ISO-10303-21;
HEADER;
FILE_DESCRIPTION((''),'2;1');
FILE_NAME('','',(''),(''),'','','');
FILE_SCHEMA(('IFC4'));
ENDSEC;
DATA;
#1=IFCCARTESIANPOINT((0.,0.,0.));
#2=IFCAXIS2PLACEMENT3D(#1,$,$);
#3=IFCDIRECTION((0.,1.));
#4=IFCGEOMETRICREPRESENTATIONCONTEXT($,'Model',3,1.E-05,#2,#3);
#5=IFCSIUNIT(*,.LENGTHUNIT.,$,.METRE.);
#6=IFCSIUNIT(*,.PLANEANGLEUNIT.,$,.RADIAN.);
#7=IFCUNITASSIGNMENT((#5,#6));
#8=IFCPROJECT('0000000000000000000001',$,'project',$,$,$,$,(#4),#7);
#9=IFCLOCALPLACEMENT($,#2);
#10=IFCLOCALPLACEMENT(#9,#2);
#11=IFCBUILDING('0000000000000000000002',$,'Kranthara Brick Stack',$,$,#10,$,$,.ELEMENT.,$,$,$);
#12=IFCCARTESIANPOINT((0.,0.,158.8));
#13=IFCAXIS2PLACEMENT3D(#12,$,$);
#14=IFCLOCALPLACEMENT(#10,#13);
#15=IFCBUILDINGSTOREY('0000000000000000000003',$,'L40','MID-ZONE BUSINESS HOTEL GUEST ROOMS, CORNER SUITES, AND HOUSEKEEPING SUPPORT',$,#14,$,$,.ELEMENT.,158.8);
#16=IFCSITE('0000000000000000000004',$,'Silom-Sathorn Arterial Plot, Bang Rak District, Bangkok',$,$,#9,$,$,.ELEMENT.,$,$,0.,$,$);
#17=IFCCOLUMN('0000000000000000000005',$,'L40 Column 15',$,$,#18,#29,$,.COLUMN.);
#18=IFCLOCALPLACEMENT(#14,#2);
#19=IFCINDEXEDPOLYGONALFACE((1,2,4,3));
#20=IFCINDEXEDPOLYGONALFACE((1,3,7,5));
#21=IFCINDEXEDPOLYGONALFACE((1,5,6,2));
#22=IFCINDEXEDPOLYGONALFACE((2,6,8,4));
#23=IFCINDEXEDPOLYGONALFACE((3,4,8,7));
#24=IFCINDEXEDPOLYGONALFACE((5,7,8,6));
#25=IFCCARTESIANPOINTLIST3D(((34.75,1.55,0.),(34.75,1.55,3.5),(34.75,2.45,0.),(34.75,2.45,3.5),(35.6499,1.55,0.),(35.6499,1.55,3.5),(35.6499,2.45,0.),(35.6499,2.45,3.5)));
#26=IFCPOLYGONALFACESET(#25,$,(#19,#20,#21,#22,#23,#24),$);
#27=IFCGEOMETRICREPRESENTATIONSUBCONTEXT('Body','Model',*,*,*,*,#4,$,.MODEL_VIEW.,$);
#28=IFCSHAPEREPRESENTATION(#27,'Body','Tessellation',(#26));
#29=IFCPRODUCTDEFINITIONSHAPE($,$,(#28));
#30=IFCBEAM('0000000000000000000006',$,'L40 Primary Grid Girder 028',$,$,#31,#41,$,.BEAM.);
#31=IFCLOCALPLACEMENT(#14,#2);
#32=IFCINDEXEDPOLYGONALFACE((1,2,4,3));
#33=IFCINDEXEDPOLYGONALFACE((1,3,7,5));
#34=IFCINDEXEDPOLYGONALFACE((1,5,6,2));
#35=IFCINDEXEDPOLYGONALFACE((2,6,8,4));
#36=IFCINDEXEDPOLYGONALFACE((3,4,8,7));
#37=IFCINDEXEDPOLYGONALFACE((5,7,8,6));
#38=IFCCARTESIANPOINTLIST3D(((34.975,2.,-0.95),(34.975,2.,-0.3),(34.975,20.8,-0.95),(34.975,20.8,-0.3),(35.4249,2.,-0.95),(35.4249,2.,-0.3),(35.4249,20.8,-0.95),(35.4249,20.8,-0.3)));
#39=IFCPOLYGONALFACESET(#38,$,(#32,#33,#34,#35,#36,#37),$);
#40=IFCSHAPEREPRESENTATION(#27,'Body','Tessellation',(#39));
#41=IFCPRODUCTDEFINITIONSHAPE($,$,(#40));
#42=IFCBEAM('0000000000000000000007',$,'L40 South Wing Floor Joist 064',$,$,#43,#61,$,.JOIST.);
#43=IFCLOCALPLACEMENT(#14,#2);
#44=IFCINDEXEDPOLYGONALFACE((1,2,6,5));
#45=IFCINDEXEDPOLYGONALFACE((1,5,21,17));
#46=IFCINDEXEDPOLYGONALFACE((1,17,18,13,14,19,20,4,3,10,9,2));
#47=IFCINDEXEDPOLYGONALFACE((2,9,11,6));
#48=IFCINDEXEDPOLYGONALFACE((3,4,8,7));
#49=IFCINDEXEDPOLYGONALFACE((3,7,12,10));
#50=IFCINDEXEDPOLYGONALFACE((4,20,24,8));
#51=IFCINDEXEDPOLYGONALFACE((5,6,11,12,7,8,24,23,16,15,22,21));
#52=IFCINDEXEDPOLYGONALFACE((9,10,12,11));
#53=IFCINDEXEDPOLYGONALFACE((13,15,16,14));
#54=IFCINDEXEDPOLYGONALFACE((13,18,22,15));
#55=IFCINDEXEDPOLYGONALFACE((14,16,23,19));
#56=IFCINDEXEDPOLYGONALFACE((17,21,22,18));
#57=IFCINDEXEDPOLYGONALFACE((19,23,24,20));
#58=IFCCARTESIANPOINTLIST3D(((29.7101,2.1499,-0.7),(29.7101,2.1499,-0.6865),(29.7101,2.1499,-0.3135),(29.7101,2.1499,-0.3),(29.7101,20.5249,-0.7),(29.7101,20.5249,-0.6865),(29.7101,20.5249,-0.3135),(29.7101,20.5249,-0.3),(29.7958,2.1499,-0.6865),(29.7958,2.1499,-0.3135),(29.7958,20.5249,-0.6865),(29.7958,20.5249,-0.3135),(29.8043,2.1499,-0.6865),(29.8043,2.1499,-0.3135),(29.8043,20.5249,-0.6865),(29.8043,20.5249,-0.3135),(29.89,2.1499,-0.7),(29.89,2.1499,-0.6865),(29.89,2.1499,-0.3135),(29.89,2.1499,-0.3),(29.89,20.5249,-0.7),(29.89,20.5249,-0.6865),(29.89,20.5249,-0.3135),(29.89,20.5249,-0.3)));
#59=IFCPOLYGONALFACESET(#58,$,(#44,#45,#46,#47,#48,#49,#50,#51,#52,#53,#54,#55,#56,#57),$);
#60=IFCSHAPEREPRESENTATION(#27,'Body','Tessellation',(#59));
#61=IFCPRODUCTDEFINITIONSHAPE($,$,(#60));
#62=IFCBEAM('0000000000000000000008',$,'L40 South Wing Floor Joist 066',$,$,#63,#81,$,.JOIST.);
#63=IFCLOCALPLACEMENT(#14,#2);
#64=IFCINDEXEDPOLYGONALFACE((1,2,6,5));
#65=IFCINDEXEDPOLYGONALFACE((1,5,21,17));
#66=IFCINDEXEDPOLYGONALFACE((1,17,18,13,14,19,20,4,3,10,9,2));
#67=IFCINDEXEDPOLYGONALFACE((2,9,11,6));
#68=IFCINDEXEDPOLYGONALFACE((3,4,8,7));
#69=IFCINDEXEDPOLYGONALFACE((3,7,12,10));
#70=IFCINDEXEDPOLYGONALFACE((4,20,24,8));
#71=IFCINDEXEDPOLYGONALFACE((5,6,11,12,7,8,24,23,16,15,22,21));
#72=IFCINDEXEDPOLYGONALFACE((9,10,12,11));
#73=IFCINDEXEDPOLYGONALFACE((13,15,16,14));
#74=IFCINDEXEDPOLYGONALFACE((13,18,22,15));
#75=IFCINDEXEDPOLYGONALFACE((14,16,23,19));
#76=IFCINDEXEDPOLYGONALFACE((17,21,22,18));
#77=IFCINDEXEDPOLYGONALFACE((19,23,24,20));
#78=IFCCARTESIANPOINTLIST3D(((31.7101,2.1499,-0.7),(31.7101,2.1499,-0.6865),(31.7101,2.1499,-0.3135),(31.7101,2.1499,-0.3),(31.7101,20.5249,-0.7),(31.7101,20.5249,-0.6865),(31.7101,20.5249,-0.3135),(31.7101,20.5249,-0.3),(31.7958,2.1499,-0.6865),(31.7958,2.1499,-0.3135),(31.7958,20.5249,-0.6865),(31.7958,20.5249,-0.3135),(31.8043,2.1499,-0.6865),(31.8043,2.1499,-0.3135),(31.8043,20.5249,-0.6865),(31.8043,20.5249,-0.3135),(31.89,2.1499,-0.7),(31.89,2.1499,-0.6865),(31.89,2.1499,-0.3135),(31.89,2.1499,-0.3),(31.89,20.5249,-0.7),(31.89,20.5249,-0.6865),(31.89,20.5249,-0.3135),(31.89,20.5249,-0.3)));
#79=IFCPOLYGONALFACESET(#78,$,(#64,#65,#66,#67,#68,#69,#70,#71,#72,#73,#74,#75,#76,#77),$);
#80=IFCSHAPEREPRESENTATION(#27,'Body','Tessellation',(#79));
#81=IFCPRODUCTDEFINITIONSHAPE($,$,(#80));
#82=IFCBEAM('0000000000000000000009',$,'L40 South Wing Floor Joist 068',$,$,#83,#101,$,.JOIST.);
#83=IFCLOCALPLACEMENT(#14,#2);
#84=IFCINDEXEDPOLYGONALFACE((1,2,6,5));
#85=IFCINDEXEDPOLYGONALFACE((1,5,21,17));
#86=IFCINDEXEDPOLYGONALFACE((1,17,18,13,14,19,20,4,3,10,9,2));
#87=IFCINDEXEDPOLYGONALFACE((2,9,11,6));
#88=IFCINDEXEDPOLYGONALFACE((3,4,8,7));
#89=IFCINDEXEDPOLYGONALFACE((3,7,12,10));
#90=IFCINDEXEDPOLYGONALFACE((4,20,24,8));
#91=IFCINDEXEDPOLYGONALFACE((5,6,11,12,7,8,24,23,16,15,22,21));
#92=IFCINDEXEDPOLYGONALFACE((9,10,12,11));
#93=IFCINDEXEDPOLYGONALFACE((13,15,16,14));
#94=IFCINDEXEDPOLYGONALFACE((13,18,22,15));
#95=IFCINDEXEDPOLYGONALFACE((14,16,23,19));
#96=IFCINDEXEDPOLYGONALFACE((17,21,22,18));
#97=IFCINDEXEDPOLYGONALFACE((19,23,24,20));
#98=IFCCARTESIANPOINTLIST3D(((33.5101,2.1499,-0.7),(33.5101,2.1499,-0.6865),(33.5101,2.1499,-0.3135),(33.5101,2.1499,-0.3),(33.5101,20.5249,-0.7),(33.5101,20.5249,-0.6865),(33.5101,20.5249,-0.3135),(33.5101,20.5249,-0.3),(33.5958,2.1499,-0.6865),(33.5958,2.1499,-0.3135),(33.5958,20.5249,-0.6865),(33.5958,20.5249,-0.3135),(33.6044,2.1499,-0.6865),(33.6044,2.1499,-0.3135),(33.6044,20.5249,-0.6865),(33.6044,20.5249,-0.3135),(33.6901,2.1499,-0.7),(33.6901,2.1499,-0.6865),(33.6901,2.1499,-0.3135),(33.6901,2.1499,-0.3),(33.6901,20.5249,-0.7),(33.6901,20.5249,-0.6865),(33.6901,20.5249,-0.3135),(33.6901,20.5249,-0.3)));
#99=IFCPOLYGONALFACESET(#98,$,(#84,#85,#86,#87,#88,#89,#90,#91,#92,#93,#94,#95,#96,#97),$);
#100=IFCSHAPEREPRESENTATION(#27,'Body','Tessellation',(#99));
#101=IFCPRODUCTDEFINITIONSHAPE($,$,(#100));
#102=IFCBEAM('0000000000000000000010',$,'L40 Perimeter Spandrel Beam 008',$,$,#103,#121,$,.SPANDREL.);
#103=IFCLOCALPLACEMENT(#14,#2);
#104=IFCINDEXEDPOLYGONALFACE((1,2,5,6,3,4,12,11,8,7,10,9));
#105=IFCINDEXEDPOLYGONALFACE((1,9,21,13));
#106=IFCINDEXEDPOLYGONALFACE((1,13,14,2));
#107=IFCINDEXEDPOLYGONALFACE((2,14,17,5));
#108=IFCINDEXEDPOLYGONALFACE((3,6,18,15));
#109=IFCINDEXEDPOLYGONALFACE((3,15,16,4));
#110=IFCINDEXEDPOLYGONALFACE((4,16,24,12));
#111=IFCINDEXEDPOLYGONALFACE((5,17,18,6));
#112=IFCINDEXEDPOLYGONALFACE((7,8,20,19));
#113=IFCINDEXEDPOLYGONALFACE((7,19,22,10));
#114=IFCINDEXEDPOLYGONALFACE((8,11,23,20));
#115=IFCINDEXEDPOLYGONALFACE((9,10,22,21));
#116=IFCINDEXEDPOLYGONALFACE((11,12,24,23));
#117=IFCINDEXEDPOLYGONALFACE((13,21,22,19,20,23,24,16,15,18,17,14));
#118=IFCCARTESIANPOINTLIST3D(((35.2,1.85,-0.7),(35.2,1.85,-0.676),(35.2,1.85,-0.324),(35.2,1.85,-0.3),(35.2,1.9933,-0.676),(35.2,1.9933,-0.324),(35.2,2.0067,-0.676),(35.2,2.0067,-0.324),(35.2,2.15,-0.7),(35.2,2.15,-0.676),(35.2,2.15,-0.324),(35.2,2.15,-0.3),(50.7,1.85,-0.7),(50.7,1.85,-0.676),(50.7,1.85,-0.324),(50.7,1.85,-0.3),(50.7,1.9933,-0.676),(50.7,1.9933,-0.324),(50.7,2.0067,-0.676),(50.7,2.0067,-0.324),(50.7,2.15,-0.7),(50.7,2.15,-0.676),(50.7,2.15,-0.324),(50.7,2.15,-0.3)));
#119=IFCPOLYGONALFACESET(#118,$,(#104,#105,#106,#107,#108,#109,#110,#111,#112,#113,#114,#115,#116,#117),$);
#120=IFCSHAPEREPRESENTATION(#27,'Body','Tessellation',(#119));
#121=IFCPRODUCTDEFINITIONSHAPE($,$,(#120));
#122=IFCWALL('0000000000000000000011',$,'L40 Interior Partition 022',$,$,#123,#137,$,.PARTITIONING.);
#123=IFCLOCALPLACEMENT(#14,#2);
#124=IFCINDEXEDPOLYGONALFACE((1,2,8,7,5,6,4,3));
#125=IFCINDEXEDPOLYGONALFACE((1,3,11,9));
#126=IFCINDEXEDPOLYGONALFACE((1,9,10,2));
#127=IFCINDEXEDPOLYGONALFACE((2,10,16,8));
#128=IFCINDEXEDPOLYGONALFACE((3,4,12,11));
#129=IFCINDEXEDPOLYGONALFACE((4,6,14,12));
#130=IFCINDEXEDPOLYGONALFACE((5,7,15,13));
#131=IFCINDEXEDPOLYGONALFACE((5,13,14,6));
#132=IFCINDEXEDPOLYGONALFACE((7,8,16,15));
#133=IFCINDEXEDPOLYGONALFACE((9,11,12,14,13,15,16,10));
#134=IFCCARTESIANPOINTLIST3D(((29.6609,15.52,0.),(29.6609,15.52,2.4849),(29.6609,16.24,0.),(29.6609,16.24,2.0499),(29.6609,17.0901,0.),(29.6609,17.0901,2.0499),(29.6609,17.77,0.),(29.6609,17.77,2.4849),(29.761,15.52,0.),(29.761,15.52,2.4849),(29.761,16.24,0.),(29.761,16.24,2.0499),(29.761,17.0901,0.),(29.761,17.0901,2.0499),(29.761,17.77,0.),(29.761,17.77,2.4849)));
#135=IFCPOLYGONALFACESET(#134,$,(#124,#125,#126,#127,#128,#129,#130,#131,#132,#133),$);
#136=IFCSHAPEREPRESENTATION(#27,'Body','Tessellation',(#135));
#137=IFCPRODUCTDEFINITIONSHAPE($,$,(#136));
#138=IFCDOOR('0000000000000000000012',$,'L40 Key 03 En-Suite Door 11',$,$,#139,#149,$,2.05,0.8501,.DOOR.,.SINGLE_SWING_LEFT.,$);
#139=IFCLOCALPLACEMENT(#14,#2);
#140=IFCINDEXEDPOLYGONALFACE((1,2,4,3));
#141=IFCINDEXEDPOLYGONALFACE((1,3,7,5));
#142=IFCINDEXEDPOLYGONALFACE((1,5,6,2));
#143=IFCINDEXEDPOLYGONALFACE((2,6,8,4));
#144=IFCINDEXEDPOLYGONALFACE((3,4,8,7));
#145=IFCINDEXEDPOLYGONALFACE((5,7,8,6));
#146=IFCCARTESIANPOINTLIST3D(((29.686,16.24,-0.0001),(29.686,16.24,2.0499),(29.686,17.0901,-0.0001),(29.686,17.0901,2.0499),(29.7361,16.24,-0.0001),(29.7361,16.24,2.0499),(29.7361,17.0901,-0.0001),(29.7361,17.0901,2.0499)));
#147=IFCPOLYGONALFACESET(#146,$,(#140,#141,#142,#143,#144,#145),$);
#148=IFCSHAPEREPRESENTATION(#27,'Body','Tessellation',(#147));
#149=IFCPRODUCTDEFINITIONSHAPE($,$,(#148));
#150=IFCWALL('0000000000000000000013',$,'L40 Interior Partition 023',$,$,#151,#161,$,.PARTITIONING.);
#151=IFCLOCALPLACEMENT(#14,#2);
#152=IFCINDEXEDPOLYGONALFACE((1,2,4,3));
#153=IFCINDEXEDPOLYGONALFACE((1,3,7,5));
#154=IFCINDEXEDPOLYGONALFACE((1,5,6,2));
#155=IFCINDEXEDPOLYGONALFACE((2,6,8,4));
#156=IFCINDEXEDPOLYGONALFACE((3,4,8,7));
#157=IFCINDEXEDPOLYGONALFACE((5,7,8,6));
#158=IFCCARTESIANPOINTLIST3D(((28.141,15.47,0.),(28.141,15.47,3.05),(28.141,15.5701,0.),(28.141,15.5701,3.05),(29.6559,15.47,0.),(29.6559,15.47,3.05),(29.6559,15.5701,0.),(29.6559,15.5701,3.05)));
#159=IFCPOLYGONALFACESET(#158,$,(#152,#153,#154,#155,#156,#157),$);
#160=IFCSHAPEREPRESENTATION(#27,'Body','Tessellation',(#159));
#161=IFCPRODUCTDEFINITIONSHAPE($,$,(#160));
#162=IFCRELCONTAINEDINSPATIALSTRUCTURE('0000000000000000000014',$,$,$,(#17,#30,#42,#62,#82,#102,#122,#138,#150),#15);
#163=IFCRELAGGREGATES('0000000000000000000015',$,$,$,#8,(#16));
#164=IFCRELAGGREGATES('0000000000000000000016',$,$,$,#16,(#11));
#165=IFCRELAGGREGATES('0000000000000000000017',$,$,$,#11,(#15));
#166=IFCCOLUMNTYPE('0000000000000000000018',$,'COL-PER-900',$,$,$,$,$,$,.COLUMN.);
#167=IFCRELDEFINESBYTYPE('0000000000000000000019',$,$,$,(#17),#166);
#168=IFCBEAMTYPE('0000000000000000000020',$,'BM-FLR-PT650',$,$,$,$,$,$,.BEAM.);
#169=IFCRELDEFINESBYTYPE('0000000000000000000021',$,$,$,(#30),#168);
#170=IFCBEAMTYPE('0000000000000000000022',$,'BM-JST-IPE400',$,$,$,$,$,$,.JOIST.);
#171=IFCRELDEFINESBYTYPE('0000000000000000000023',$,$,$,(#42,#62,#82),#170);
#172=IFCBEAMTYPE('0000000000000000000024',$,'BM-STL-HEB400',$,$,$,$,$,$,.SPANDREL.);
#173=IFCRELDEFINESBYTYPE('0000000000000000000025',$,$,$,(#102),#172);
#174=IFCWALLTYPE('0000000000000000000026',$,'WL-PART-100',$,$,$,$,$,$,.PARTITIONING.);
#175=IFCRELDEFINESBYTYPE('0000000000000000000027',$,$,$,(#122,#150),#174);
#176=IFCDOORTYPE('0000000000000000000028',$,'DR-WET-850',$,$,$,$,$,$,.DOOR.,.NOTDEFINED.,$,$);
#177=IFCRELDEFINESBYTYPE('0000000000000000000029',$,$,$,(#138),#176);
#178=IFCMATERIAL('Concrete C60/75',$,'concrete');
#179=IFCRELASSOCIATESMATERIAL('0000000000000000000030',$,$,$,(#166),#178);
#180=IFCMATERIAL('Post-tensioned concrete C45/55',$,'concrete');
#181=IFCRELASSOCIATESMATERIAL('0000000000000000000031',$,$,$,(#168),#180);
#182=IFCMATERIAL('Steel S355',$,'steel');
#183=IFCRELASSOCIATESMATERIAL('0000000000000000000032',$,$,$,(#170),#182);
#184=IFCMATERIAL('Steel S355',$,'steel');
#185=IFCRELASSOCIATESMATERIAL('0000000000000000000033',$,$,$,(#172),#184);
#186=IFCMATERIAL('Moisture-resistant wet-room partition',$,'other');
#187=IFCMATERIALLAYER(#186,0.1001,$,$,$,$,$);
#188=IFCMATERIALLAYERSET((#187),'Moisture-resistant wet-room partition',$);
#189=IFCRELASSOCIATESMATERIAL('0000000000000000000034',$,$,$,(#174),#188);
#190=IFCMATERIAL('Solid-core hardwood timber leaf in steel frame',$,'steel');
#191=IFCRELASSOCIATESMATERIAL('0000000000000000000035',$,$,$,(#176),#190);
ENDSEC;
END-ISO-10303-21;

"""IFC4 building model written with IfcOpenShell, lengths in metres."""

from ifc_helpers import new_model, si_unit, direction, frame, frame_2d, origin, origin_2d, place, context, subcontext, project, spatial, rectangle, i_section, extrude, material, layer, layer_set, material_profile, profile_set, type_object, element, fill, save


model = new_model("IFC4")

# Units and contexts
model_context = context("Model", 3, precision=1e-05, world=origin(), true_north=direction((0.0, 1.0)))
body_context = subcontext(model_context, "Body", "Model", "MODEL_VIEW")
ifc_project = project(units=[si_unit("LENGTHUNIT", "METRE"), si_unit("PLANEANGLEUNIT", "RADIAN")], contexts=[model_context])

# Site, building, storey
site_placement = place(None, origin())
site = spatial("IfcSite", under=ifc_project, at=site_placement, Name="Silom-Sathorn Arterial Plot, Bang Rak District, Bangkok", CompositionType="ELEMENT", RefElevation=0.0)
building_placement = place(site_placement, origin())
building = spatial("IfcBuilding", under=site, at=building_placement, Name="Kranthara Brick Stack", CompositionType="ELEMENT")
storey_placement = place(building_placement, frame((0.0, 0.0, 158.8)))
storey = spatial("IfcBuildingStorey", under=building, at=storey_placement, Name="L40", Description="MID-ZONE BUSINESS HOTEL GUEST ROOMS, CORNER SUITES, AND HOUSEKEEPING SUPPORT", CompositionType="ELEMENT", Elevation=158.8)

# Column
ifc_material_1 = material(Name="Concrete C60/75", Category="concrete")
ifc_material_profile_1 = material_profile(ifc_material_1, rectangle(XDim=0.8999, YDim=0.8999, at=origin_2d()), Name="RC 900x900")
ifc_profile_set_1 = profile_set([ifc_material_profile_1], Name="Concrete C60/75")
column_type = type_object("IfcColumnType", Name="COL-PER-900", PredefinedType="COLUMN", material=ifc_profile_set_1)
column_placement = place(storey_placement, frame((35.2, 2.0, 0.0), z_axis=(0.0, 0.0, 1.0), x_axis=(1.0, 0.0, 0.0)))
element("IfcColumn", 1, at=column_placement, inside=storey, type_object=column_type, Name="L40 Column 15", PredefinedType="COLUMN", context=body_context, shape_type="SweptSolid", body=[
    extrude(rectangle(XDim=0.8999, YDim=0.8999, at=origin_2d()), origin(), (0.0, 0.0, 1.0), 3.5),
])

# Beams
ifc_material_2 = material(Name="Post-tensioned concrete C45/55", Category="concrete")
ifc_material_profile_2 = material_profile(ifc_material_2, rectangle(XDim=0.45, YDim=0.6499, at=origin_2d()), Name="PT 450x650")
ifc_profile_set_2 = profile_set([ifc_material_profile_2], Name="Post-tensioned concrete C45/55")
beam_type_1 = type_object("IfcBeamType", Name="BM-FLR-PT650", PredefinedType="BEAM", material=ifc_profile_set_2)
beam_1_placement = place(storey_placement, frame((35.2, 2.0, -0.625), z_axis=(0.0, 1.0, 0.0), x_axis=(-1.0, 0.0, 0.0)))
element("IfcBeam", 2, at=beam_1_placement, inside=storey, type_object=beam_type_1, Name="L40 Primary Grid Girder 028", PredefinedType="BEAM", context=body_context, shape_type="SweptSolid", body=[
    extrude(rectangle(XDim=0.45, YDim=0.6499, at=origin_2d()), origin(), (0.0, 0.0, 1.0), 18.8),
])
ifc_material_3 = material(Name="Steel S355", Category="steel")
ifc_material_profile_3 = material_profile(ifc_material_3, i_section(OverallWidth=0.1799, OverallDepth=0.3999, WebThickness=0.0085, FlangeThickness=0.0134, at=origin_2d()), Name="IPE 400")
ifc_profile_set_3 = profile_set([ifc_material_profile_3], Name="Steel S355")
beam_type_2 = type_object("IfcBeamType", Name="BM-JST-IPE400", PredefinedType="JOIST", material=ifc_profile_set_3)
for number, where, z_axis, x_axis, name in (
    (3, (29.8, 2.1499, -0.5), (0.0, 1.0, 0.0), (-1.0, 0.0, 0.0), "L40 South Wing Floor Joist 064"),
    (4, (31.8, 2.1499, -0.5), (0.0, 1.0, 0.0), (-1.0, 0.0, 0.0), "L40 South Wing Floor Joist 066"),
    (5, (33.6001, 2.1499, -0.5), (0.0, 1.0, 0.0), (-1.0, 0.0, 0.0), "L40 South Wing Floor Joist 068"),
):
    element("IfcBeam", number, at=place(storey_placement, frame(where, z_axis=z_axis, x_axis=x_axis)), inside=storey, type_object=beam_type_2, Name=name, PredefinedType="JOIST", context=body_context, shape_type="SweptSolid", body=[
        extrude(i_section(OverallWidth=0.1799, OverallDepth=0.3999, WebThickness=0.0085, FlangeThickness=0.0134, at=origin_2d()), origin(), (0.0, 0.0, 1.0), 18.375),
    ])
ifc_material_4 = material(Name="Steel S355", Category="steel")
ifc_material_profile_4 = material_profile(ifc_material_4, i_section(OverallWidth=0.3, OverallDepth=0.3999, WebThickness=0.0134, FlangeThickness=0.0239, at=origin_2d()), Name="HEB 400")
ifc_profile_set_4 = profile_set([ifc_material_profile_4], Name="Steel S355")
beam_type_3 = type_object("IfcBeamType", Name="BM-STL-HEB400", PredefinedType="SPANDREL", material=ifc_profile_set_4)
beam_2_placement = place(storey_placement, frame((35.2, 2.0, -0.5), z_axis=(1.0, 0.0, 0.0), x_axis=(0.0, 1.0, 0.0)))
element("IfcBeam", 6, at=beam_2_placement, inside=storey, type_object=beam_type_3, Name="L40 Perimeter Spandrel Beam 008", PredefinedType="SPANDREL", context=body_context, shape_type="SweptSolid", body=[
    extrude(i_section(OverallWidth=0.3, OverallDepth=0.3999, WebThickness=0.0134, FlangeThickness=0.0239, at=origin_2d()), origin(), (0.0, 0.0, 1.0), 15.5),
])

# Wall, opening, door
ifc_material_5 = material(Name="Moisture-resistant wet-room partition", Category="other")
ifc_layer_1 = layer(ifc_material_5, 0.1001)
ifc_layer_set_1 = layer_set([ifc_layer_1], Name="Moisture-resistant wet-room partition")
wall_type_1 = type_object("IfcWallType", Name="WL-PART-100", PredefinedType="PARTITIONING", material=ifc_layer_set_1)
wall_1_placement = place(storey_placement, frame((29.7109, 15.52, 0.0), z_axis=(0.0, 0.0, 1.0), x_axis=(0.0, 1.0, 0.0)))
wall_1 = element("IfcWall", 7, at=wall_1_placement, inside=storey, type_object=wall_type_1, Name="L40 Interior Partition 022", PredefinedType="PARTITIONING", context=body_context, shape_type="SweptSolid", body=[
    extrude(rectangle(XDim=2.25, YDim=0.1001, at=frame_2d((1.125, 0.0))), origin(), (0.0, 0.0, 1.0), 2.4849),
])
opening_1_placement = place(wall_1_placement, frame((0.72, 0.0, 0.0)))
opening_1 = element("IfcOpeningElement", 8, at=opening_1_placement, cuts=wall_1, PredefinedType="OPENING", context=body_context, shape_type="SweptSolid", body=[
    extrude(rectangle(XDim=0.8501, YDim=2.05, at=frame_2d((0.425, 1.0249))), frame((0.0, 0.0601, 0.0), z_axis=(0.0, -1.0, 0.0), x_axis=(1.0, 0.0, 0.0)), (0.0, 0.0, 1.0), 0.1201),
])
ifc_material_6 = material(Name="Solid-core hardwood timber leaf in steel frame", Category="steel")
door_type = type_object("IfcDoorType", Name="DR-WET-850", OperationType="NOTDEFINED", PredefinedType="DOOR", material=ifc_material_6)
door_1_placement = place(opening_1_placement, origin())
door_1 = element("IfcDoor", 9, at=door_1_placement, inside=storey, type_object=door_type, Name="L40 Key 03 En-Suite Door 11", OperationType="SINGLE_SWING_LEFT", OverallHeight=2.05, OverallWidth=0.8501, PredefinedType="DOOR", context=body_context, shape_type="SweptSolid", body=[
    extrude(rectangle(XDim=0.8501, YDim=2.05, at=frame_2d((0.425, 1.0249))), frame((0.0, 0.0249, 0.0), z_axis=(0.0, -1.0, 0.0), x_axis=(1.0, 0.0, 0.0)), (0.0, 0.0, 1.0), 0.05),
])
fill(opening_1, door_1)

# Wall
wall_2_placement = place(storey_placement, frame((28.1411, 15.52, 0.0), z_axis=(0.0, 0.0, 1.0), x_axis=(1.0, 0.0, 0.0)))
element("IfcWall", 10, at=wall_2_placement, inside=storey, type_object=wall_type_1, Name="L40 Interior Partition 023", PredefinedType="PARTITIONING", context=body_context, shape_type="SweptSolid", body=[
    extrude(rectangle(XDim=1.5149, YDim=0.1001, at=frame_2d((0.7573, 0.0))), origin(), (0.0, 0.0, 1.0), 3.05),
])

save(model, "model.ifc")
